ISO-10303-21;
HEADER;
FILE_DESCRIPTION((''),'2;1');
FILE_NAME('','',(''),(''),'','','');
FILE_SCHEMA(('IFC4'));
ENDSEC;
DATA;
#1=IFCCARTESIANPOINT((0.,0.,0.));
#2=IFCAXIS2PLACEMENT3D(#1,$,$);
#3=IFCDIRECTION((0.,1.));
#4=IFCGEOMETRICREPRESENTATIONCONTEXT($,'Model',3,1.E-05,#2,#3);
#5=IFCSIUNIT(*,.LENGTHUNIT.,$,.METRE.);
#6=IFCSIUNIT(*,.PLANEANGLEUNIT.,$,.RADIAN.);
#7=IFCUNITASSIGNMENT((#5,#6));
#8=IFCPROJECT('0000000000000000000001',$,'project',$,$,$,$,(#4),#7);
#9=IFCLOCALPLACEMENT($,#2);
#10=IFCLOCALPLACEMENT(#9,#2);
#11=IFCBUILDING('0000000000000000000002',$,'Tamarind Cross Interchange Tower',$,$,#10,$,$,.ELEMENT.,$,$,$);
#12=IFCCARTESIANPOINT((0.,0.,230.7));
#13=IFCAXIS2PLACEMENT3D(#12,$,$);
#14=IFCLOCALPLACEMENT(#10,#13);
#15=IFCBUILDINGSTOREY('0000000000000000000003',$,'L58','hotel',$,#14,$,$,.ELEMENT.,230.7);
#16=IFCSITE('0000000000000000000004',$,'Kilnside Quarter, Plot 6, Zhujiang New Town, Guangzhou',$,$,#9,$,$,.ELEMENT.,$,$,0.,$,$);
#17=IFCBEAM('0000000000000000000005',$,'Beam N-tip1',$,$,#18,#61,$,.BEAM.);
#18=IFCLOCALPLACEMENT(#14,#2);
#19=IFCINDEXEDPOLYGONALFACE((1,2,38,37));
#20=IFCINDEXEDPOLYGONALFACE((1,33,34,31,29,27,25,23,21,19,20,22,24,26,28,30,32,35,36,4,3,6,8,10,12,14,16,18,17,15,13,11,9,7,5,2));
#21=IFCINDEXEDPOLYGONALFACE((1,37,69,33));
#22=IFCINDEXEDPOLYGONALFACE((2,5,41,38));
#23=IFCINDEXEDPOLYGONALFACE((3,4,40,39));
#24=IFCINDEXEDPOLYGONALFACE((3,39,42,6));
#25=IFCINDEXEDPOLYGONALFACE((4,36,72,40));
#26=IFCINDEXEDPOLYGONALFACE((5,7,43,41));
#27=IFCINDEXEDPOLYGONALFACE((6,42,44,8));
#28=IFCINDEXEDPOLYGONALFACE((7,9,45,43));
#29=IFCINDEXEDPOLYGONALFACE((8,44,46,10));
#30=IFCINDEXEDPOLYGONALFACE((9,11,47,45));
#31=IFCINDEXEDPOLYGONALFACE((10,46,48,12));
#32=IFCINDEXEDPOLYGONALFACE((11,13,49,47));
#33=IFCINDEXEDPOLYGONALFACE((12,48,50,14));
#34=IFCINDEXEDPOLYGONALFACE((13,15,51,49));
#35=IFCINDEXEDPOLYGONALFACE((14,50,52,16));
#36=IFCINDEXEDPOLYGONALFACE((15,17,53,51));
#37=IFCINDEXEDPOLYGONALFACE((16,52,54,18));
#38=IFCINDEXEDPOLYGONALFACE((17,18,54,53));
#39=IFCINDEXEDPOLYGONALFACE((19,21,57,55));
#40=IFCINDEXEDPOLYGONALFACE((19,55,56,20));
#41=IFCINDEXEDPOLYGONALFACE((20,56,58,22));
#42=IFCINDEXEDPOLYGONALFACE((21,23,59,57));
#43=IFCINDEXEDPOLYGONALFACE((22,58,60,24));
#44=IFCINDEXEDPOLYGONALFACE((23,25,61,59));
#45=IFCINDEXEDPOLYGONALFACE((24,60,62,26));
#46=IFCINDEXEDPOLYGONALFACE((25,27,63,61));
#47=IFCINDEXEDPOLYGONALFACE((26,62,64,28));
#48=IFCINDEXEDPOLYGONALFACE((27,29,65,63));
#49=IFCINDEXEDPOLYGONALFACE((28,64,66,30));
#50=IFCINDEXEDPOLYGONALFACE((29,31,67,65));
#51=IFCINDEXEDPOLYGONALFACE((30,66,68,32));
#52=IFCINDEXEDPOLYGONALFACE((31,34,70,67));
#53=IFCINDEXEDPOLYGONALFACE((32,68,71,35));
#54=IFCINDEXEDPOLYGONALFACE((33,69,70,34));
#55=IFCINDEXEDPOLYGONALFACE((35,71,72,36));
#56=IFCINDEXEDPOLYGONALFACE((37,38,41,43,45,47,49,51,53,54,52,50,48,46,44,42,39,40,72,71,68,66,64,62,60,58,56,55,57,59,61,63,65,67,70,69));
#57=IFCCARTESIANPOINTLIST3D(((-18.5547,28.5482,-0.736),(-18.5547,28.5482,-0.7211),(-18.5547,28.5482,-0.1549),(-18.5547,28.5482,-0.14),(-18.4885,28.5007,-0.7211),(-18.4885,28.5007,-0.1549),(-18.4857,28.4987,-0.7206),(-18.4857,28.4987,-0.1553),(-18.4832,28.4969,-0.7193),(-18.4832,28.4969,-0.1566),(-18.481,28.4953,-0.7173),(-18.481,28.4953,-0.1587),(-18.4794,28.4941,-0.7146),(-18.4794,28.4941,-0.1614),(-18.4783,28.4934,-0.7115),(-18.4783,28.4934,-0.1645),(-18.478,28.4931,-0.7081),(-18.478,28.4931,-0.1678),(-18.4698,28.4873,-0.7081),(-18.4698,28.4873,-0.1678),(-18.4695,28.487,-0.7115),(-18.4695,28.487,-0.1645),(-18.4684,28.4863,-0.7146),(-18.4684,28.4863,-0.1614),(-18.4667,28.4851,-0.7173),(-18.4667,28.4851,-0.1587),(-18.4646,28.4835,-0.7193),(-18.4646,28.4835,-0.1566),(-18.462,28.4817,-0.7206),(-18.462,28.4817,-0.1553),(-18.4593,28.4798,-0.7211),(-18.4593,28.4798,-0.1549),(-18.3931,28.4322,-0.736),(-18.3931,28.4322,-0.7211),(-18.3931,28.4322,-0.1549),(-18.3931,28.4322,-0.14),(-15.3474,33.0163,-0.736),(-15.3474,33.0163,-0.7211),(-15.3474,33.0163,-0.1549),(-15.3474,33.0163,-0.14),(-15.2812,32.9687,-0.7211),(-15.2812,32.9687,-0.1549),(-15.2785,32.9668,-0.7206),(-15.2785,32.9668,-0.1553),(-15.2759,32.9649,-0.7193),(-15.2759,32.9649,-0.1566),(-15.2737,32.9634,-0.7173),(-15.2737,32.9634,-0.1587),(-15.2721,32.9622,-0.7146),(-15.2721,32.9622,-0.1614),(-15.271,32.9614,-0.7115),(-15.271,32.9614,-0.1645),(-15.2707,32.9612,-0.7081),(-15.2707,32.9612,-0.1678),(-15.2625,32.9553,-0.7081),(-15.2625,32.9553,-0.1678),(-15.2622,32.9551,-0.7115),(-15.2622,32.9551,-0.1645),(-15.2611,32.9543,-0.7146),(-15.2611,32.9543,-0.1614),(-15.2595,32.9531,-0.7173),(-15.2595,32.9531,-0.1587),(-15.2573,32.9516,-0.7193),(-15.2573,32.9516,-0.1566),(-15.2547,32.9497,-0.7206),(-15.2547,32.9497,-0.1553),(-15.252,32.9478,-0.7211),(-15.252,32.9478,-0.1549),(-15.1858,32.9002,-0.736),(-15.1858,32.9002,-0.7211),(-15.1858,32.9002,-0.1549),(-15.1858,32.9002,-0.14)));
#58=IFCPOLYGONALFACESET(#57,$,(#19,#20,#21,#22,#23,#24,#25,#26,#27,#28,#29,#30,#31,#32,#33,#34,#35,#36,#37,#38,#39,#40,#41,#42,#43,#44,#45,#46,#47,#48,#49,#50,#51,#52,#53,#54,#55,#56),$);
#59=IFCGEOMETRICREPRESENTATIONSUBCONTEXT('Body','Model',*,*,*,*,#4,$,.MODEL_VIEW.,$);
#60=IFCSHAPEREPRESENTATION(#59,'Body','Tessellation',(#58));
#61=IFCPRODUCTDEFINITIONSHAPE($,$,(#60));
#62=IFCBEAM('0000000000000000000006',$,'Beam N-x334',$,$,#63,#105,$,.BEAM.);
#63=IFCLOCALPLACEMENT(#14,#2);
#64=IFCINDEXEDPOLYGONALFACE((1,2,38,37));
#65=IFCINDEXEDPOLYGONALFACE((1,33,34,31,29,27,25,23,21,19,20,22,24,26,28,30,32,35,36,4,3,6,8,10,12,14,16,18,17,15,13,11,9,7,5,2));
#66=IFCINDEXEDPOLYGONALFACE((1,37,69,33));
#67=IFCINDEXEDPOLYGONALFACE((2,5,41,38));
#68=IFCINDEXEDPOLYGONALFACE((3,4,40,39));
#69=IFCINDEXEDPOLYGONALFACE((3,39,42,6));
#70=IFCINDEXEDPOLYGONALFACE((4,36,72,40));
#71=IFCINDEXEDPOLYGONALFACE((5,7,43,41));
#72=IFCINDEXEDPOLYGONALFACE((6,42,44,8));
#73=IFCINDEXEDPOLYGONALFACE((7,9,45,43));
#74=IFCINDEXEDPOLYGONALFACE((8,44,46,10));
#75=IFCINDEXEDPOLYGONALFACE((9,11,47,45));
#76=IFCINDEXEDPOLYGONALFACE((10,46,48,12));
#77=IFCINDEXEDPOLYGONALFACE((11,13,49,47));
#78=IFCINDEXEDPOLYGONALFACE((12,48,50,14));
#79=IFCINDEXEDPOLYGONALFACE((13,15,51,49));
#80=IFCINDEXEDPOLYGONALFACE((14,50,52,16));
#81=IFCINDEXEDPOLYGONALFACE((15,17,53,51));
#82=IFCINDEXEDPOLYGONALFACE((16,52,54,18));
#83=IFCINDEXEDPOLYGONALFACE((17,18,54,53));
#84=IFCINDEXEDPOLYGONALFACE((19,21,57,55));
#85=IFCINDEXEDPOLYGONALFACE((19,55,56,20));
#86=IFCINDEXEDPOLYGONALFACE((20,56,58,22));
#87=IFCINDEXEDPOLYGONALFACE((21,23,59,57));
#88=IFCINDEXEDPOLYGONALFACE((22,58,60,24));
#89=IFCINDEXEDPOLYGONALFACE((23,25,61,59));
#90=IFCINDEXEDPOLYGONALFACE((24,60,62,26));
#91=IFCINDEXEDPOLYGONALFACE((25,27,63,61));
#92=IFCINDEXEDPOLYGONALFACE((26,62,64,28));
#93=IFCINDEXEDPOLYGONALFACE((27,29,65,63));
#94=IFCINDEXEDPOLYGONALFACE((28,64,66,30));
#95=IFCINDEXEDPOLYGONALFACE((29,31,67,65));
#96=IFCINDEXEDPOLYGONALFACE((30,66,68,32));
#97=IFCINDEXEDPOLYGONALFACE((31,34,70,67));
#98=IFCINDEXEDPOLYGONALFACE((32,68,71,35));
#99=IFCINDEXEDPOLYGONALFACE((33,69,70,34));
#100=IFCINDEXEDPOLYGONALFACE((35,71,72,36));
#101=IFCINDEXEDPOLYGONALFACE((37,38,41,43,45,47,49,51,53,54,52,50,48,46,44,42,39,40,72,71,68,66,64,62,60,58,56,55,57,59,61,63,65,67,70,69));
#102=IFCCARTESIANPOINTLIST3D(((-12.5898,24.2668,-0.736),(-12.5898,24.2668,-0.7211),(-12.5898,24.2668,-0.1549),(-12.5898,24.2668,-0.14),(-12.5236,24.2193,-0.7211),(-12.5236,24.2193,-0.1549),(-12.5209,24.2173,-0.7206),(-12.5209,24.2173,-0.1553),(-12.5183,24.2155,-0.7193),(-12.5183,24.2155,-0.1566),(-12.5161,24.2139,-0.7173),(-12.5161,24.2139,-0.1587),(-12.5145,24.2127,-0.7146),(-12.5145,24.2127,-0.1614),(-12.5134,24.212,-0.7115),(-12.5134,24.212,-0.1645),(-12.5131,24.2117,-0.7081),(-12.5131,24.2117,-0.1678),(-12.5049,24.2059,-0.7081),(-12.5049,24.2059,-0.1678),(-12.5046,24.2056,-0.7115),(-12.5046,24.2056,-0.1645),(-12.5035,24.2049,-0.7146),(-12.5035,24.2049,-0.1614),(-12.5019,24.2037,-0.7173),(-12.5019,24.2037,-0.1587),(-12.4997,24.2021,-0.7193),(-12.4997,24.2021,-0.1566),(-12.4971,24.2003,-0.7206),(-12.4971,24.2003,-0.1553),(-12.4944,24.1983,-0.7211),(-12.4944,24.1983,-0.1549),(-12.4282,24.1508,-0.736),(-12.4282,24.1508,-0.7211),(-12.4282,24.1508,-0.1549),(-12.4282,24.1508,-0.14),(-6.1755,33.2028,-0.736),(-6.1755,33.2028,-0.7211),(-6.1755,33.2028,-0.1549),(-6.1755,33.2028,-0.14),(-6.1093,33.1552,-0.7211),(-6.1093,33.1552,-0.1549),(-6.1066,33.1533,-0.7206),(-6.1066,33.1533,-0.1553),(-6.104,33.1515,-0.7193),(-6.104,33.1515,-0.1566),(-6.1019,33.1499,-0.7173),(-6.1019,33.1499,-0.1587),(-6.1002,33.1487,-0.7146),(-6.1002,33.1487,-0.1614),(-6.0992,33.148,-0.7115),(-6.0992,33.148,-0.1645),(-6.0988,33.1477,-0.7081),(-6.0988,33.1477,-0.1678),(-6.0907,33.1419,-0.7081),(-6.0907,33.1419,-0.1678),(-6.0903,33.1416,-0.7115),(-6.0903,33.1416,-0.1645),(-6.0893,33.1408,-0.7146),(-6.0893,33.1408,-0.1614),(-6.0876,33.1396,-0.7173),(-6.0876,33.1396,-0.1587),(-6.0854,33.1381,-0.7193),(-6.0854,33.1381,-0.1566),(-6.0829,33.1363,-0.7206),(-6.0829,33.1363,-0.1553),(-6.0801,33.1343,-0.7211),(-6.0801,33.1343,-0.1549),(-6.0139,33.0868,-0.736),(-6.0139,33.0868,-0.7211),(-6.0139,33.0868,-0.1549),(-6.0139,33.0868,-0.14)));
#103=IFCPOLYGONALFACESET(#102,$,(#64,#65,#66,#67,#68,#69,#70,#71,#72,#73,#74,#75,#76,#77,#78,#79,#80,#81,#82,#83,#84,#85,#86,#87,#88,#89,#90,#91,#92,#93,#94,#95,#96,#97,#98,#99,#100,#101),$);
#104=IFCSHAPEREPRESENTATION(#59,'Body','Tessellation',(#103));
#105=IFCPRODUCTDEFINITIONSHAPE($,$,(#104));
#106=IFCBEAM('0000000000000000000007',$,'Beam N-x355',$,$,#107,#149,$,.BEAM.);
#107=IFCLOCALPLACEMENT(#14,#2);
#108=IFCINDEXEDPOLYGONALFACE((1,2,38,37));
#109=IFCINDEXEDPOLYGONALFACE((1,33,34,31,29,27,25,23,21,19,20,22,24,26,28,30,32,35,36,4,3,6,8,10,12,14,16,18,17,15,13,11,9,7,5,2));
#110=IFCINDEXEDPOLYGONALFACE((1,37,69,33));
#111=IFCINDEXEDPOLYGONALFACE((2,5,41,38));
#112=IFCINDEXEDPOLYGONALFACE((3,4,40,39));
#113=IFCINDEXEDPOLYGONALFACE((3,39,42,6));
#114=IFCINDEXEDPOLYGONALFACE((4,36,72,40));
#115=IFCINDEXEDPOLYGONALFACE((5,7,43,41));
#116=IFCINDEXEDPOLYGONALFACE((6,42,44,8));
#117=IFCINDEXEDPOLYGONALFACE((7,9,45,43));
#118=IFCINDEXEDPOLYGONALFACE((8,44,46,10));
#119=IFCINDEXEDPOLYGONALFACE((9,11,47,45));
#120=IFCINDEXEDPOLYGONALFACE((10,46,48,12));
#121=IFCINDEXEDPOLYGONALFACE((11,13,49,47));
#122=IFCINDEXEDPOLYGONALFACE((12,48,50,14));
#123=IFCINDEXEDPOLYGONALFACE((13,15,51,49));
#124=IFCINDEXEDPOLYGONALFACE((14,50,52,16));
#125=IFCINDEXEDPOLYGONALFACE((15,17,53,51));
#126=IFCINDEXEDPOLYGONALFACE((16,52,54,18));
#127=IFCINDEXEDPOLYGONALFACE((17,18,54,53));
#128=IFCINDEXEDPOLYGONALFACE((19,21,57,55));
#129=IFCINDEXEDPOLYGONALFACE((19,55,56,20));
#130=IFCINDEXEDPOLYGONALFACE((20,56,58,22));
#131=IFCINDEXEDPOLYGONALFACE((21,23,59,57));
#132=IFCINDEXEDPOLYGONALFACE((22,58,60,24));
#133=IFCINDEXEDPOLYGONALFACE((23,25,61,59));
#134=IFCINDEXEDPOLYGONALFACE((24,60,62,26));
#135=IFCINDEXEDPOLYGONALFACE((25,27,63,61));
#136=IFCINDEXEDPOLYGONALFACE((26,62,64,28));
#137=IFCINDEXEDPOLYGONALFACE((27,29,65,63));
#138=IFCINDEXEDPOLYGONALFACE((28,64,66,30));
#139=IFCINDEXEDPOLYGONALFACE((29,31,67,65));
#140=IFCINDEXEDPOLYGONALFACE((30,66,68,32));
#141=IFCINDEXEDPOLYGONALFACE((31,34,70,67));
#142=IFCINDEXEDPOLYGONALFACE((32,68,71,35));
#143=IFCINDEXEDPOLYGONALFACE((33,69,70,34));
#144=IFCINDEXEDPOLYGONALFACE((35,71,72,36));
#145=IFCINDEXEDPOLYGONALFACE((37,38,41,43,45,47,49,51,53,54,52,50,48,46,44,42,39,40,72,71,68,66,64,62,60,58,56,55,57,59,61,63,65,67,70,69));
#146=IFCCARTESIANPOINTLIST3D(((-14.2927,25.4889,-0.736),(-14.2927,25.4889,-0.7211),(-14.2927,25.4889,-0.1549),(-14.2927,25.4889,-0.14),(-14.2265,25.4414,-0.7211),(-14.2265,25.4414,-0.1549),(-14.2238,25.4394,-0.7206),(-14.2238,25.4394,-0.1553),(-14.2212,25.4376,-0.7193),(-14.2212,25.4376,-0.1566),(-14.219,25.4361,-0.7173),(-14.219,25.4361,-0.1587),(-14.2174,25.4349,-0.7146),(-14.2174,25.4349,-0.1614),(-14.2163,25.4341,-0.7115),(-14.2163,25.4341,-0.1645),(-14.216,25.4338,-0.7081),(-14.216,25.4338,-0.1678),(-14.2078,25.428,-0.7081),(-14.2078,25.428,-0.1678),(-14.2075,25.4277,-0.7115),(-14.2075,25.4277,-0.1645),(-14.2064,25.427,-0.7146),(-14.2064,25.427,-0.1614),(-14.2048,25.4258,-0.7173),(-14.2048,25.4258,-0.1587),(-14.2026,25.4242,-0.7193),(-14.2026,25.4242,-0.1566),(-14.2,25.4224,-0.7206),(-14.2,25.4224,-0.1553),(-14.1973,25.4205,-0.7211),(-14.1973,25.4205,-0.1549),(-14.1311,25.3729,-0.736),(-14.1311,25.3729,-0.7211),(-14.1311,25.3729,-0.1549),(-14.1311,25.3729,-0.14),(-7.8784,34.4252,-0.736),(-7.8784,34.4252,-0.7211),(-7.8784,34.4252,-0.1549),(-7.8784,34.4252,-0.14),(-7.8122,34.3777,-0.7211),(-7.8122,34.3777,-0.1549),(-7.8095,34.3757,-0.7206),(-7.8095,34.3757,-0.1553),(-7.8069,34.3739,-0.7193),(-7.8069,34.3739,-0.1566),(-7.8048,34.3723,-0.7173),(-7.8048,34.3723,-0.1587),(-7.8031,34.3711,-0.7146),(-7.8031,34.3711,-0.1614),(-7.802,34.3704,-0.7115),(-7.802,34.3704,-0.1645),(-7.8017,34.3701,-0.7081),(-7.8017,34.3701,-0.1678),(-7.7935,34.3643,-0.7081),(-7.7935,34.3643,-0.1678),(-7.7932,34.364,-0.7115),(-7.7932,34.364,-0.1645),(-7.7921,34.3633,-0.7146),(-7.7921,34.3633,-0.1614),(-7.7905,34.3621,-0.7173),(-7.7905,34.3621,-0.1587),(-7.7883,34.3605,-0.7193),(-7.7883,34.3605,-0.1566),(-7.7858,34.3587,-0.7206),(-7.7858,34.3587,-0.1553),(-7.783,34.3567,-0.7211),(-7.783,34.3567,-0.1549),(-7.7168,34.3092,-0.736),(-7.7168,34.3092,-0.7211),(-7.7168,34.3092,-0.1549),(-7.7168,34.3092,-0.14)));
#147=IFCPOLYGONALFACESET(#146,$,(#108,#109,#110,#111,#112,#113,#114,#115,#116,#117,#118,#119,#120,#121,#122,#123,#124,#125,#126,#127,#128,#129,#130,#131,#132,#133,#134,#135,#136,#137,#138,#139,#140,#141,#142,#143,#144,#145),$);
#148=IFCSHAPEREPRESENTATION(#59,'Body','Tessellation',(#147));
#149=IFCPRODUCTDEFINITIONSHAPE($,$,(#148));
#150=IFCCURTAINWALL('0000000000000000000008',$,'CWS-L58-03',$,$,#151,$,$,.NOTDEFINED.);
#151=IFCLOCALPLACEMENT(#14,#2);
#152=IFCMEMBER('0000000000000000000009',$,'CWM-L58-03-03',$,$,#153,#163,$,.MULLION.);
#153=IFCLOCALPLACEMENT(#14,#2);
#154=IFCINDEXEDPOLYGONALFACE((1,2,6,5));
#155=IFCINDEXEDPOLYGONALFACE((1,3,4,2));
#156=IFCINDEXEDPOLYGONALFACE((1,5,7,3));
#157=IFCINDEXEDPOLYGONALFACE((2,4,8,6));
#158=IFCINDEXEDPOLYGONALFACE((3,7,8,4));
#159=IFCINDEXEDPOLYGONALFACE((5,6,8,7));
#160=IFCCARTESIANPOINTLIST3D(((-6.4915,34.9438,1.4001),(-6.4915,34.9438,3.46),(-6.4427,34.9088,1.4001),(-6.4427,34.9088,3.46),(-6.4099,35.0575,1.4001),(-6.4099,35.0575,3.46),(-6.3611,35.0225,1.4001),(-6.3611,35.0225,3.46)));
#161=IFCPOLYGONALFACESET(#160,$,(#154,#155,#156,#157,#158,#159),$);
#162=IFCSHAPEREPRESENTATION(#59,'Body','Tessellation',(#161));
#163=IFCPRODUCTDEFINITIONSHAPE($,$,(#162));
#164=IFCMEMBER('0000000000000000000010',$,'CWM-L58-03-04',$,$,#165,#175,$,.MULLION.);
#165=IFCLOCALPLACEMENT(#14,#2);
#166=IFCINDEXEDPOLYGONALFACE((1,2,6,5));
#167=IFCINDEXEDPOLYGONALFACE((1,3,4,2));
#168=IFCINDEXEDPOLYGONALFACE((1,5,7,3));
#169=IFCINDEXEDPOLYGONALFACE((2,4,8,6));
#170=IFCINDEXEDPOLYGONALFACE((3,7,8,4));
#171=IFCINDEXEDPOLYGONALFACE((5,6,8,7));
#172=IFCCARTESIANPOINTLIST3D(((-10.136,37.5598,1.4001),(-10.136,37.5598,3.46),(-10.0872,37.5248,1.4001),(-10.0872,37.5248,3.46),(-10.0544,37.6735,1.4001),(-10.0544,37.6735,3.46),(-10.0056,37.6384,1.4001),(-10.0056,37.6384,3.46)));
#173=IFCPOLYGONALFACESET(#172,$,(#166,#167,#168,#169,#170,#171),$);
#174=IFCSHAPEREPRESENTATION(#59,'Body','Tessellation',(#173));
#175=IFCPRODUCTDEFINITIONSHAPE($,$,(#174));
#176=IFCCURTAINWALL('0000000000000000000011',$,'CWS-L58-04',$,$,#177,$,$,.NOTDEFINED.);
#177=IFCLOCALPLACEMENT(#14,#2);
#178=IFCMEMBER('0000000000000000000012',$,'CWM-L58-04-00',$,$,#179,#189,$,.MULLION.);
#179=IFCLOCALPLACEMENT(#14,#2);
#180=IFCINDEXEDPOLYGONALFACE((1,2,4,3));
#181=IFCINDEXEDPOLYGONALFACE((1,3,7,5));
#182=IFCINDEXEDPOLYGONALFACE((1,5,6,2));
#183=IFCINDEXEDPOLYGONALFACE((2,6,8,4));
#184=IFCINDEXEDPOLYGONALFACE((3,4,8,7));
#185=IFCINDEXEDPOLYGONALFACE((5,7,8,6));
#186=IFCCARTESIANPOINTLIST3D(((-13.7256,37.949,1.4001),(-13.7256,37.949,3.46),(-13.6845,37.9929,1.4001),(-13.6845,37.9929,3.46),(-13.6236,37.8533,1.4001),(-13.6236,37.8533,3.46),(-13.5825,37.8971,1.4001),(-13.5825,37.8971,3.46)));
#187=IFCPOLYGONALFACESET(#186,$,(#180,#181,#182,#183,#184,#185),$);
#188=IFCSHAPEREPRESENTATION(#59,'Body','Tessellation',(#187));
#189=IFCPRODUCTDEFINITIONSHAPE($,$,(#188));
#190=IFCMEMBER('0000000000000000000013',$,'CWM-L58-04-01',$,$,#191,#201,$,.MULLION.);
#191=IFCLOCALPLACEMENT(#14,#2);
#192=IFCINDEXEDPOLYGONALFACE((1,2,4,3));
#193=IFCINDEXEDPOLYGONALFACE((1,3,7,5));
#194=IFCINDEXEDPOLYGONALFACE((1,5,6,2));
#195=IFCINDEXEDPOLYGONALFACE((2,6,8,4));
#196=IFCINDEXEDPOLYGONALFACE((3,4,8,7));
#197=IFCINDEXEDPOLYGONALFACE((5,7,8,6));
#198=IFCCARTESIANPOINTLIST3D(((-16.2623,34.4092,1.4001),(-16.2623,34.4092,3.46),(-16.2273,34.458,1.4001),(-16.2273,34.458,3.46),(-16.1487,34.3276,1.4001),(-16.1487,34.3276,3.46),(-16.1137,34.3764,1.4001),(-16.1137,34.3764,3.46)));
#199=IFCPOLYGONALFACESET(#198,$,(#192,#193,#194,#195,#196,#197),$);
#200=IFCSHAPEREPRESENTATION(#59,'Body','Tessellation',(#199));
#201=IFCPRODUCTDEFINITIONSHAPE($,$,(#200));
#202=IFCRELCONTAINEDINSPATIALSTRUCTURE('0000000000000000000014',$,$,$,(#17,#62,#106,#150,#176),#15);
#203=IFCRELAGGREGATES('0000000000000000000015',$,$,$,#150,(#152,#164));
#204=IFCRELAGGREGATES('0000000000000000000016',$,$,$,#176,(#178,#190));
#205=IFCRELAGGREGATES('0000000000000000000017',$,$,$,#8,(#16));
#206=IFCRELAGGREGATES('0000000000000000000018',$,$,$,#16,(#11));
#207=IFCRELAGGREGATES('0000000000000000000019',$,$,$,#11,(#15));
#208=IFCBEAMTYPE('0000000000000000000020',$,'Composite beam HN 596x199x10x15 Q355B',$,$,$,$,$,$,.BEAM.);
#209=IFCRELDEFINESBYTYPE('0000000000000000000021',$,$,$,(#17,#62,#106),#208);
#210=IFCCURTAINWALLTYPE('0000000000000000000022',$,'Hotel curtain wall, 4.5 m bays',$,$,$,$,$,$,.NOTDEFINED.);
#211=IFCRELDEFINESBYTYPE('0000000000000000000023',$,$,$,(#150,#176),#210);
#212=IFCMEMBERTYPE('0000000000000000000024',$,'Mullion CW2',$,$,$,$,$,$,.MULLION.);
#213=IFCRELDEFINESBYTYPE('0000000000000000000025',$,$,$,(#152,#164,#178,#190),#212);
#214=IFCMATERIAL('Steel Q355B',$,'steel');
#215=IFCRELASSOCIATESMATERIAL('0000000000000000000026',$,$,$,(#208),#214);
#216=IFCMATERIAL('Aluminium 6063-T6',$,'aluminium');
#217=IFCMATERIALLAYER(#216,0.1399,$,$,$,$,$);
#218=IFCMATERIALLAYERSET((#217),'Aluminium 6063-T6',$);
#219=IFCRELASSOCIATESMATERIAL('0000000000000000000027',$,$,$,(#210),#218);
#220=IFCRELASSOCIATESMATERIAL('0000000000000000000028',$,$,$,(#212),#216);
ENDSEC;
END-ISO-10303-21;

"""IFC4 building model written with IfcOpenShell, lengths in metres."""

from ifc_helpers import new_model, si_unit, direction, frame, origin, origin_2d, place, context, subcontext, project, spatial, rectangle, i_section, extrude, material, layer, layer_set, material_profile, profile_set, type_object, element, aggregate, save


model = new_model("IFC4")

# Units and contexts
model_context = context("Model", 3, precision=1e-05, world=origin(), true_north=direction((0.0, 1.0)))
body_context = subcontext(model_context, "Body", "Model", "MODEL_VIEW")
ifc_project = project(units=[si_unit("LENGTHUNIT", "METRE"), si_unit("PLANEANGLEUNIT", "RADIAN")], contexts=[model_context])

# Site, building, storey
site_placement = place(None, origin())
site = spatial("IfcSite", under=ifc_project, at=site_placement, Name="Kilnside Quarter, Plot 6, Zhujiang New Town, Guangzhou", CompositionType="ELEMENT", RefElevation=0.0)
building_placement = place(site_placement, origin())
building = spatial("IfcBuilding", under=site, at=building_placement, Name="Tamarind Cross Interchange Tower", CompositionType="ELEMENT")
storey_placement = place(building_placement, frame((0.0, 0.0, 230.7)))
storey = spatial("IfcBuildingStorey", under=building, at=storey_placement, Name="L58", Description="hotel", CompositionType="ELEMENT", Elevation=230.7)

# Beams
ifc_material_1 = material(Name="Steel Q355B", Category="steel")
ifc_material_profile_1 = material_profile(ifc_material_1, i_section(OverallWidth=0.199, OverallDepth=0.5959, WebThickness=0.01, FlangeThickness=0.0149, FilletRadius=0.0129, at=origin_2d()), Name="HN 596x199x10x15")
ifc_profile_set_1 = profile_set([ifc_material_profile_1], Name="Steel Q355B")
beam_type_1 = type_object("IfcBeamType", Name="Composite beam HN 596x199x10x15 Q355B", PredefinedType="BEAM", material=ifc_profile_set_1)
for number, where, z_axis, x_axis, name in (
    (1, (-15.2666, 32.9583, -0.438), (-0.583143, -0.81237, 0.0), (0.81237, -0.583143, 0.0), "Beam N-tip1"),
):
    element("IfcBeam", number, at=place(storey_placement, frame(where, z_axis=z_axis, x_axis=x_axis)), inside=storey, type_object=beam_type_1, Name=name, PredefinedType="BEAM", context=body_context, shape_type="SweptSolid", body=[
        extrude(i_section(OverallWidth=0.199, OverallDepth=0.5959, WebThickness=0.01, FlangeThickness=0.0149, FilletRadius=0.0129, at=origin_2d()), origin(), (0.0, 0.0, 1.0), 5.5),
    ])
beam_1_placement = place(storey_placement, frame((-6.0947, 33.1448, -0.438), z_axis=(-0.583128, -0.81238, 0.0), x_axis=(0.81238, -0.583128, 0.0)))
element("IfcBeam", 2, at=beam_1_placement, inside=storey, type_object=beam_type_1, Name="Beam N-x334", PredefinedType="BEAM", context=body_context, shape_type="SweptSolid", body=[
    extrude(i_section(OverallWidth=0.199, OverallDepth=0.5959, WebThickness=0.01, FlangeThickness=0.0149, FilletRadius=0.0129, at=origin_2d()), origin(), (0.0, 0.0, 1.0), 10.9998),
])
beam_2_placement = place(storey_placement, frame((-7.7976, 34.3672, -0.438), z_axis=(-0.583118, -0.812388, 0.0), x_axis=(0.812388, -0.583118, 0.0)))
element("IfcBeam", 3, at=beam_2_placement, inside=storey, type_object=beam_type_1, Name="Beam N-x355", PredefinedType="BEAM", context=body_context, shape_type="SweptSolid", body=[
    extrude(i_section(OverallWidth=0.199, OverallDepth=0.5959, WebThickness=0.01, FlangeThickness=0.0149, FilletRadius=0.0129, at=origin_2d()), origin(), (0.0, 0.0, 1.0), 11.0),
])

# Curtain walls, members
ifc_material_2 = material(Name="Aluminium 6063-T6", Category="aluminium")
ifc_layer_1 = layer(ifc_material_2, 0.1399)
ifc_layer_set_1 = layer_set([ifc_layer_1], Name="Aluminium 6063-T6")
curtain_wall_type = type_object("IfcCurtainWallType", Name="Hotel curtain wall, 4.5 m bays", PredefinedType="NOTDEFINED", material=ifc_layer_set_1)
curtain_wall_1_placement = place(storey_placement, origin())
curtain_wall_1 = element("IfcCurtainWall", 4, at=curtain_wall_1_placement, inside=storey, type_object=curtain_wall_type, Name="CWS-L58-03", PredefinedType="NOTDEFINED")
ifc_material_profile_2 = material_profile(ifc_material_2, rectangle(XDim=0.0601, YDim=0.1399, at=origin_2d()), Name="Mullion CW2")
ifc_profile_set_2 = profile_set([ifc_material_profile_2], Name="Aluminium 6063-T6")
member_type = type_object("IfcMemberType", Name="Mullion CW2", PredefinedType="MULLION", material=ifc_profile_set_2)
member_1_placement = place(storey_placement, frame((-6.4263, 34.9832, 1.4001), z_axis=(0.0, 0.0, 1.0), x_axis=(-0.812385, 0.583122, 0.0)))
member_1 = element("IfcMember", 5, at=member_1_placement, type_object=member_type, Name="CWM-L58-03-03", PredefinedType="MULLION", context=body_context, shape_type="SweptSolid", body=[
    extrude(rectangle(XDim=0.0601, YDim=0.1399, at=origin_2d()), origin(), (0.0, 0.0, 1.0), 2.0598),
])
member_2_placement = place(storey_placement, frame((-10.0708, 37.5991, 1.4001), z_axis=(0.0, 0.0, 1.0), x_axis=(-0.812385, 0.583122, 0.0)))
member_2 = element("IfcMember", 6, at=member_2_placement, type_object=member_type, Name="CWM-L58-03-04", PredefinedType="MULLION", context=body_context, shape_type="SweptSolid", body=[
    extrude(rectangle(XDim=0.0601, YDim=0.1399, at=origin_2d()), origin(), (0.0, 0.0, 1.0), 2.0598),
])
aggregate(curtain_wall_1, [member_1, member_2])
curtain_wall_2_placement = place(storey_placement, origin())
curtain_wall_2 = element("IfcCurtainWall", 7, at=curtain_wall_2_placement, inside=storey, type_object=curtain_wall_type, Name="CWS-L58-04", PredefinedType="NOTDEFINED")
member_3_placement = place(storey_placement, frame((-13.6541, 37.9231, 1.4001), z_axis=(0.0, 0.0, 1.0), x_axis=(-0.68417, -0.729322, 0.0)))
member_3 = element("IfcMember", 8, at=member_3_placement, type_object=member_type, Name="CWM-L58-04-00", PredefinedType="MULLION", context=body_context, shape_type="SweptSolid", body=[
    extrude(rectangle(XDim=0.0601, YDim=0.1399, at=origin_2d()), origin(), (0.0, 0.0, 1.0), 2.0598),
])
member_4_placement = place(storey_placement, frame((-16.188, 34.3928, 1.4001), z_axis=(0.0, 0.0, 1.0), x_axis=(-0.583122, -0.812385, 0.0)))
member_4 = element("IfcMember", 9, at=member_4_placement, type_object=member_type, Name="CWM-L58-04-01", PredefinedType="MULLION", context=body_context, shape_type="SweptSolid", body=[
    extrude(rectangle(XDim=0.0601, YDim=0.1399, at=origin_2d()), origin(), (0.0, 0.0, 1.0), 2.0598),
])
aggregate(curtain_wall_2, [member_3, member_4])

save(model, "model.ifc")
